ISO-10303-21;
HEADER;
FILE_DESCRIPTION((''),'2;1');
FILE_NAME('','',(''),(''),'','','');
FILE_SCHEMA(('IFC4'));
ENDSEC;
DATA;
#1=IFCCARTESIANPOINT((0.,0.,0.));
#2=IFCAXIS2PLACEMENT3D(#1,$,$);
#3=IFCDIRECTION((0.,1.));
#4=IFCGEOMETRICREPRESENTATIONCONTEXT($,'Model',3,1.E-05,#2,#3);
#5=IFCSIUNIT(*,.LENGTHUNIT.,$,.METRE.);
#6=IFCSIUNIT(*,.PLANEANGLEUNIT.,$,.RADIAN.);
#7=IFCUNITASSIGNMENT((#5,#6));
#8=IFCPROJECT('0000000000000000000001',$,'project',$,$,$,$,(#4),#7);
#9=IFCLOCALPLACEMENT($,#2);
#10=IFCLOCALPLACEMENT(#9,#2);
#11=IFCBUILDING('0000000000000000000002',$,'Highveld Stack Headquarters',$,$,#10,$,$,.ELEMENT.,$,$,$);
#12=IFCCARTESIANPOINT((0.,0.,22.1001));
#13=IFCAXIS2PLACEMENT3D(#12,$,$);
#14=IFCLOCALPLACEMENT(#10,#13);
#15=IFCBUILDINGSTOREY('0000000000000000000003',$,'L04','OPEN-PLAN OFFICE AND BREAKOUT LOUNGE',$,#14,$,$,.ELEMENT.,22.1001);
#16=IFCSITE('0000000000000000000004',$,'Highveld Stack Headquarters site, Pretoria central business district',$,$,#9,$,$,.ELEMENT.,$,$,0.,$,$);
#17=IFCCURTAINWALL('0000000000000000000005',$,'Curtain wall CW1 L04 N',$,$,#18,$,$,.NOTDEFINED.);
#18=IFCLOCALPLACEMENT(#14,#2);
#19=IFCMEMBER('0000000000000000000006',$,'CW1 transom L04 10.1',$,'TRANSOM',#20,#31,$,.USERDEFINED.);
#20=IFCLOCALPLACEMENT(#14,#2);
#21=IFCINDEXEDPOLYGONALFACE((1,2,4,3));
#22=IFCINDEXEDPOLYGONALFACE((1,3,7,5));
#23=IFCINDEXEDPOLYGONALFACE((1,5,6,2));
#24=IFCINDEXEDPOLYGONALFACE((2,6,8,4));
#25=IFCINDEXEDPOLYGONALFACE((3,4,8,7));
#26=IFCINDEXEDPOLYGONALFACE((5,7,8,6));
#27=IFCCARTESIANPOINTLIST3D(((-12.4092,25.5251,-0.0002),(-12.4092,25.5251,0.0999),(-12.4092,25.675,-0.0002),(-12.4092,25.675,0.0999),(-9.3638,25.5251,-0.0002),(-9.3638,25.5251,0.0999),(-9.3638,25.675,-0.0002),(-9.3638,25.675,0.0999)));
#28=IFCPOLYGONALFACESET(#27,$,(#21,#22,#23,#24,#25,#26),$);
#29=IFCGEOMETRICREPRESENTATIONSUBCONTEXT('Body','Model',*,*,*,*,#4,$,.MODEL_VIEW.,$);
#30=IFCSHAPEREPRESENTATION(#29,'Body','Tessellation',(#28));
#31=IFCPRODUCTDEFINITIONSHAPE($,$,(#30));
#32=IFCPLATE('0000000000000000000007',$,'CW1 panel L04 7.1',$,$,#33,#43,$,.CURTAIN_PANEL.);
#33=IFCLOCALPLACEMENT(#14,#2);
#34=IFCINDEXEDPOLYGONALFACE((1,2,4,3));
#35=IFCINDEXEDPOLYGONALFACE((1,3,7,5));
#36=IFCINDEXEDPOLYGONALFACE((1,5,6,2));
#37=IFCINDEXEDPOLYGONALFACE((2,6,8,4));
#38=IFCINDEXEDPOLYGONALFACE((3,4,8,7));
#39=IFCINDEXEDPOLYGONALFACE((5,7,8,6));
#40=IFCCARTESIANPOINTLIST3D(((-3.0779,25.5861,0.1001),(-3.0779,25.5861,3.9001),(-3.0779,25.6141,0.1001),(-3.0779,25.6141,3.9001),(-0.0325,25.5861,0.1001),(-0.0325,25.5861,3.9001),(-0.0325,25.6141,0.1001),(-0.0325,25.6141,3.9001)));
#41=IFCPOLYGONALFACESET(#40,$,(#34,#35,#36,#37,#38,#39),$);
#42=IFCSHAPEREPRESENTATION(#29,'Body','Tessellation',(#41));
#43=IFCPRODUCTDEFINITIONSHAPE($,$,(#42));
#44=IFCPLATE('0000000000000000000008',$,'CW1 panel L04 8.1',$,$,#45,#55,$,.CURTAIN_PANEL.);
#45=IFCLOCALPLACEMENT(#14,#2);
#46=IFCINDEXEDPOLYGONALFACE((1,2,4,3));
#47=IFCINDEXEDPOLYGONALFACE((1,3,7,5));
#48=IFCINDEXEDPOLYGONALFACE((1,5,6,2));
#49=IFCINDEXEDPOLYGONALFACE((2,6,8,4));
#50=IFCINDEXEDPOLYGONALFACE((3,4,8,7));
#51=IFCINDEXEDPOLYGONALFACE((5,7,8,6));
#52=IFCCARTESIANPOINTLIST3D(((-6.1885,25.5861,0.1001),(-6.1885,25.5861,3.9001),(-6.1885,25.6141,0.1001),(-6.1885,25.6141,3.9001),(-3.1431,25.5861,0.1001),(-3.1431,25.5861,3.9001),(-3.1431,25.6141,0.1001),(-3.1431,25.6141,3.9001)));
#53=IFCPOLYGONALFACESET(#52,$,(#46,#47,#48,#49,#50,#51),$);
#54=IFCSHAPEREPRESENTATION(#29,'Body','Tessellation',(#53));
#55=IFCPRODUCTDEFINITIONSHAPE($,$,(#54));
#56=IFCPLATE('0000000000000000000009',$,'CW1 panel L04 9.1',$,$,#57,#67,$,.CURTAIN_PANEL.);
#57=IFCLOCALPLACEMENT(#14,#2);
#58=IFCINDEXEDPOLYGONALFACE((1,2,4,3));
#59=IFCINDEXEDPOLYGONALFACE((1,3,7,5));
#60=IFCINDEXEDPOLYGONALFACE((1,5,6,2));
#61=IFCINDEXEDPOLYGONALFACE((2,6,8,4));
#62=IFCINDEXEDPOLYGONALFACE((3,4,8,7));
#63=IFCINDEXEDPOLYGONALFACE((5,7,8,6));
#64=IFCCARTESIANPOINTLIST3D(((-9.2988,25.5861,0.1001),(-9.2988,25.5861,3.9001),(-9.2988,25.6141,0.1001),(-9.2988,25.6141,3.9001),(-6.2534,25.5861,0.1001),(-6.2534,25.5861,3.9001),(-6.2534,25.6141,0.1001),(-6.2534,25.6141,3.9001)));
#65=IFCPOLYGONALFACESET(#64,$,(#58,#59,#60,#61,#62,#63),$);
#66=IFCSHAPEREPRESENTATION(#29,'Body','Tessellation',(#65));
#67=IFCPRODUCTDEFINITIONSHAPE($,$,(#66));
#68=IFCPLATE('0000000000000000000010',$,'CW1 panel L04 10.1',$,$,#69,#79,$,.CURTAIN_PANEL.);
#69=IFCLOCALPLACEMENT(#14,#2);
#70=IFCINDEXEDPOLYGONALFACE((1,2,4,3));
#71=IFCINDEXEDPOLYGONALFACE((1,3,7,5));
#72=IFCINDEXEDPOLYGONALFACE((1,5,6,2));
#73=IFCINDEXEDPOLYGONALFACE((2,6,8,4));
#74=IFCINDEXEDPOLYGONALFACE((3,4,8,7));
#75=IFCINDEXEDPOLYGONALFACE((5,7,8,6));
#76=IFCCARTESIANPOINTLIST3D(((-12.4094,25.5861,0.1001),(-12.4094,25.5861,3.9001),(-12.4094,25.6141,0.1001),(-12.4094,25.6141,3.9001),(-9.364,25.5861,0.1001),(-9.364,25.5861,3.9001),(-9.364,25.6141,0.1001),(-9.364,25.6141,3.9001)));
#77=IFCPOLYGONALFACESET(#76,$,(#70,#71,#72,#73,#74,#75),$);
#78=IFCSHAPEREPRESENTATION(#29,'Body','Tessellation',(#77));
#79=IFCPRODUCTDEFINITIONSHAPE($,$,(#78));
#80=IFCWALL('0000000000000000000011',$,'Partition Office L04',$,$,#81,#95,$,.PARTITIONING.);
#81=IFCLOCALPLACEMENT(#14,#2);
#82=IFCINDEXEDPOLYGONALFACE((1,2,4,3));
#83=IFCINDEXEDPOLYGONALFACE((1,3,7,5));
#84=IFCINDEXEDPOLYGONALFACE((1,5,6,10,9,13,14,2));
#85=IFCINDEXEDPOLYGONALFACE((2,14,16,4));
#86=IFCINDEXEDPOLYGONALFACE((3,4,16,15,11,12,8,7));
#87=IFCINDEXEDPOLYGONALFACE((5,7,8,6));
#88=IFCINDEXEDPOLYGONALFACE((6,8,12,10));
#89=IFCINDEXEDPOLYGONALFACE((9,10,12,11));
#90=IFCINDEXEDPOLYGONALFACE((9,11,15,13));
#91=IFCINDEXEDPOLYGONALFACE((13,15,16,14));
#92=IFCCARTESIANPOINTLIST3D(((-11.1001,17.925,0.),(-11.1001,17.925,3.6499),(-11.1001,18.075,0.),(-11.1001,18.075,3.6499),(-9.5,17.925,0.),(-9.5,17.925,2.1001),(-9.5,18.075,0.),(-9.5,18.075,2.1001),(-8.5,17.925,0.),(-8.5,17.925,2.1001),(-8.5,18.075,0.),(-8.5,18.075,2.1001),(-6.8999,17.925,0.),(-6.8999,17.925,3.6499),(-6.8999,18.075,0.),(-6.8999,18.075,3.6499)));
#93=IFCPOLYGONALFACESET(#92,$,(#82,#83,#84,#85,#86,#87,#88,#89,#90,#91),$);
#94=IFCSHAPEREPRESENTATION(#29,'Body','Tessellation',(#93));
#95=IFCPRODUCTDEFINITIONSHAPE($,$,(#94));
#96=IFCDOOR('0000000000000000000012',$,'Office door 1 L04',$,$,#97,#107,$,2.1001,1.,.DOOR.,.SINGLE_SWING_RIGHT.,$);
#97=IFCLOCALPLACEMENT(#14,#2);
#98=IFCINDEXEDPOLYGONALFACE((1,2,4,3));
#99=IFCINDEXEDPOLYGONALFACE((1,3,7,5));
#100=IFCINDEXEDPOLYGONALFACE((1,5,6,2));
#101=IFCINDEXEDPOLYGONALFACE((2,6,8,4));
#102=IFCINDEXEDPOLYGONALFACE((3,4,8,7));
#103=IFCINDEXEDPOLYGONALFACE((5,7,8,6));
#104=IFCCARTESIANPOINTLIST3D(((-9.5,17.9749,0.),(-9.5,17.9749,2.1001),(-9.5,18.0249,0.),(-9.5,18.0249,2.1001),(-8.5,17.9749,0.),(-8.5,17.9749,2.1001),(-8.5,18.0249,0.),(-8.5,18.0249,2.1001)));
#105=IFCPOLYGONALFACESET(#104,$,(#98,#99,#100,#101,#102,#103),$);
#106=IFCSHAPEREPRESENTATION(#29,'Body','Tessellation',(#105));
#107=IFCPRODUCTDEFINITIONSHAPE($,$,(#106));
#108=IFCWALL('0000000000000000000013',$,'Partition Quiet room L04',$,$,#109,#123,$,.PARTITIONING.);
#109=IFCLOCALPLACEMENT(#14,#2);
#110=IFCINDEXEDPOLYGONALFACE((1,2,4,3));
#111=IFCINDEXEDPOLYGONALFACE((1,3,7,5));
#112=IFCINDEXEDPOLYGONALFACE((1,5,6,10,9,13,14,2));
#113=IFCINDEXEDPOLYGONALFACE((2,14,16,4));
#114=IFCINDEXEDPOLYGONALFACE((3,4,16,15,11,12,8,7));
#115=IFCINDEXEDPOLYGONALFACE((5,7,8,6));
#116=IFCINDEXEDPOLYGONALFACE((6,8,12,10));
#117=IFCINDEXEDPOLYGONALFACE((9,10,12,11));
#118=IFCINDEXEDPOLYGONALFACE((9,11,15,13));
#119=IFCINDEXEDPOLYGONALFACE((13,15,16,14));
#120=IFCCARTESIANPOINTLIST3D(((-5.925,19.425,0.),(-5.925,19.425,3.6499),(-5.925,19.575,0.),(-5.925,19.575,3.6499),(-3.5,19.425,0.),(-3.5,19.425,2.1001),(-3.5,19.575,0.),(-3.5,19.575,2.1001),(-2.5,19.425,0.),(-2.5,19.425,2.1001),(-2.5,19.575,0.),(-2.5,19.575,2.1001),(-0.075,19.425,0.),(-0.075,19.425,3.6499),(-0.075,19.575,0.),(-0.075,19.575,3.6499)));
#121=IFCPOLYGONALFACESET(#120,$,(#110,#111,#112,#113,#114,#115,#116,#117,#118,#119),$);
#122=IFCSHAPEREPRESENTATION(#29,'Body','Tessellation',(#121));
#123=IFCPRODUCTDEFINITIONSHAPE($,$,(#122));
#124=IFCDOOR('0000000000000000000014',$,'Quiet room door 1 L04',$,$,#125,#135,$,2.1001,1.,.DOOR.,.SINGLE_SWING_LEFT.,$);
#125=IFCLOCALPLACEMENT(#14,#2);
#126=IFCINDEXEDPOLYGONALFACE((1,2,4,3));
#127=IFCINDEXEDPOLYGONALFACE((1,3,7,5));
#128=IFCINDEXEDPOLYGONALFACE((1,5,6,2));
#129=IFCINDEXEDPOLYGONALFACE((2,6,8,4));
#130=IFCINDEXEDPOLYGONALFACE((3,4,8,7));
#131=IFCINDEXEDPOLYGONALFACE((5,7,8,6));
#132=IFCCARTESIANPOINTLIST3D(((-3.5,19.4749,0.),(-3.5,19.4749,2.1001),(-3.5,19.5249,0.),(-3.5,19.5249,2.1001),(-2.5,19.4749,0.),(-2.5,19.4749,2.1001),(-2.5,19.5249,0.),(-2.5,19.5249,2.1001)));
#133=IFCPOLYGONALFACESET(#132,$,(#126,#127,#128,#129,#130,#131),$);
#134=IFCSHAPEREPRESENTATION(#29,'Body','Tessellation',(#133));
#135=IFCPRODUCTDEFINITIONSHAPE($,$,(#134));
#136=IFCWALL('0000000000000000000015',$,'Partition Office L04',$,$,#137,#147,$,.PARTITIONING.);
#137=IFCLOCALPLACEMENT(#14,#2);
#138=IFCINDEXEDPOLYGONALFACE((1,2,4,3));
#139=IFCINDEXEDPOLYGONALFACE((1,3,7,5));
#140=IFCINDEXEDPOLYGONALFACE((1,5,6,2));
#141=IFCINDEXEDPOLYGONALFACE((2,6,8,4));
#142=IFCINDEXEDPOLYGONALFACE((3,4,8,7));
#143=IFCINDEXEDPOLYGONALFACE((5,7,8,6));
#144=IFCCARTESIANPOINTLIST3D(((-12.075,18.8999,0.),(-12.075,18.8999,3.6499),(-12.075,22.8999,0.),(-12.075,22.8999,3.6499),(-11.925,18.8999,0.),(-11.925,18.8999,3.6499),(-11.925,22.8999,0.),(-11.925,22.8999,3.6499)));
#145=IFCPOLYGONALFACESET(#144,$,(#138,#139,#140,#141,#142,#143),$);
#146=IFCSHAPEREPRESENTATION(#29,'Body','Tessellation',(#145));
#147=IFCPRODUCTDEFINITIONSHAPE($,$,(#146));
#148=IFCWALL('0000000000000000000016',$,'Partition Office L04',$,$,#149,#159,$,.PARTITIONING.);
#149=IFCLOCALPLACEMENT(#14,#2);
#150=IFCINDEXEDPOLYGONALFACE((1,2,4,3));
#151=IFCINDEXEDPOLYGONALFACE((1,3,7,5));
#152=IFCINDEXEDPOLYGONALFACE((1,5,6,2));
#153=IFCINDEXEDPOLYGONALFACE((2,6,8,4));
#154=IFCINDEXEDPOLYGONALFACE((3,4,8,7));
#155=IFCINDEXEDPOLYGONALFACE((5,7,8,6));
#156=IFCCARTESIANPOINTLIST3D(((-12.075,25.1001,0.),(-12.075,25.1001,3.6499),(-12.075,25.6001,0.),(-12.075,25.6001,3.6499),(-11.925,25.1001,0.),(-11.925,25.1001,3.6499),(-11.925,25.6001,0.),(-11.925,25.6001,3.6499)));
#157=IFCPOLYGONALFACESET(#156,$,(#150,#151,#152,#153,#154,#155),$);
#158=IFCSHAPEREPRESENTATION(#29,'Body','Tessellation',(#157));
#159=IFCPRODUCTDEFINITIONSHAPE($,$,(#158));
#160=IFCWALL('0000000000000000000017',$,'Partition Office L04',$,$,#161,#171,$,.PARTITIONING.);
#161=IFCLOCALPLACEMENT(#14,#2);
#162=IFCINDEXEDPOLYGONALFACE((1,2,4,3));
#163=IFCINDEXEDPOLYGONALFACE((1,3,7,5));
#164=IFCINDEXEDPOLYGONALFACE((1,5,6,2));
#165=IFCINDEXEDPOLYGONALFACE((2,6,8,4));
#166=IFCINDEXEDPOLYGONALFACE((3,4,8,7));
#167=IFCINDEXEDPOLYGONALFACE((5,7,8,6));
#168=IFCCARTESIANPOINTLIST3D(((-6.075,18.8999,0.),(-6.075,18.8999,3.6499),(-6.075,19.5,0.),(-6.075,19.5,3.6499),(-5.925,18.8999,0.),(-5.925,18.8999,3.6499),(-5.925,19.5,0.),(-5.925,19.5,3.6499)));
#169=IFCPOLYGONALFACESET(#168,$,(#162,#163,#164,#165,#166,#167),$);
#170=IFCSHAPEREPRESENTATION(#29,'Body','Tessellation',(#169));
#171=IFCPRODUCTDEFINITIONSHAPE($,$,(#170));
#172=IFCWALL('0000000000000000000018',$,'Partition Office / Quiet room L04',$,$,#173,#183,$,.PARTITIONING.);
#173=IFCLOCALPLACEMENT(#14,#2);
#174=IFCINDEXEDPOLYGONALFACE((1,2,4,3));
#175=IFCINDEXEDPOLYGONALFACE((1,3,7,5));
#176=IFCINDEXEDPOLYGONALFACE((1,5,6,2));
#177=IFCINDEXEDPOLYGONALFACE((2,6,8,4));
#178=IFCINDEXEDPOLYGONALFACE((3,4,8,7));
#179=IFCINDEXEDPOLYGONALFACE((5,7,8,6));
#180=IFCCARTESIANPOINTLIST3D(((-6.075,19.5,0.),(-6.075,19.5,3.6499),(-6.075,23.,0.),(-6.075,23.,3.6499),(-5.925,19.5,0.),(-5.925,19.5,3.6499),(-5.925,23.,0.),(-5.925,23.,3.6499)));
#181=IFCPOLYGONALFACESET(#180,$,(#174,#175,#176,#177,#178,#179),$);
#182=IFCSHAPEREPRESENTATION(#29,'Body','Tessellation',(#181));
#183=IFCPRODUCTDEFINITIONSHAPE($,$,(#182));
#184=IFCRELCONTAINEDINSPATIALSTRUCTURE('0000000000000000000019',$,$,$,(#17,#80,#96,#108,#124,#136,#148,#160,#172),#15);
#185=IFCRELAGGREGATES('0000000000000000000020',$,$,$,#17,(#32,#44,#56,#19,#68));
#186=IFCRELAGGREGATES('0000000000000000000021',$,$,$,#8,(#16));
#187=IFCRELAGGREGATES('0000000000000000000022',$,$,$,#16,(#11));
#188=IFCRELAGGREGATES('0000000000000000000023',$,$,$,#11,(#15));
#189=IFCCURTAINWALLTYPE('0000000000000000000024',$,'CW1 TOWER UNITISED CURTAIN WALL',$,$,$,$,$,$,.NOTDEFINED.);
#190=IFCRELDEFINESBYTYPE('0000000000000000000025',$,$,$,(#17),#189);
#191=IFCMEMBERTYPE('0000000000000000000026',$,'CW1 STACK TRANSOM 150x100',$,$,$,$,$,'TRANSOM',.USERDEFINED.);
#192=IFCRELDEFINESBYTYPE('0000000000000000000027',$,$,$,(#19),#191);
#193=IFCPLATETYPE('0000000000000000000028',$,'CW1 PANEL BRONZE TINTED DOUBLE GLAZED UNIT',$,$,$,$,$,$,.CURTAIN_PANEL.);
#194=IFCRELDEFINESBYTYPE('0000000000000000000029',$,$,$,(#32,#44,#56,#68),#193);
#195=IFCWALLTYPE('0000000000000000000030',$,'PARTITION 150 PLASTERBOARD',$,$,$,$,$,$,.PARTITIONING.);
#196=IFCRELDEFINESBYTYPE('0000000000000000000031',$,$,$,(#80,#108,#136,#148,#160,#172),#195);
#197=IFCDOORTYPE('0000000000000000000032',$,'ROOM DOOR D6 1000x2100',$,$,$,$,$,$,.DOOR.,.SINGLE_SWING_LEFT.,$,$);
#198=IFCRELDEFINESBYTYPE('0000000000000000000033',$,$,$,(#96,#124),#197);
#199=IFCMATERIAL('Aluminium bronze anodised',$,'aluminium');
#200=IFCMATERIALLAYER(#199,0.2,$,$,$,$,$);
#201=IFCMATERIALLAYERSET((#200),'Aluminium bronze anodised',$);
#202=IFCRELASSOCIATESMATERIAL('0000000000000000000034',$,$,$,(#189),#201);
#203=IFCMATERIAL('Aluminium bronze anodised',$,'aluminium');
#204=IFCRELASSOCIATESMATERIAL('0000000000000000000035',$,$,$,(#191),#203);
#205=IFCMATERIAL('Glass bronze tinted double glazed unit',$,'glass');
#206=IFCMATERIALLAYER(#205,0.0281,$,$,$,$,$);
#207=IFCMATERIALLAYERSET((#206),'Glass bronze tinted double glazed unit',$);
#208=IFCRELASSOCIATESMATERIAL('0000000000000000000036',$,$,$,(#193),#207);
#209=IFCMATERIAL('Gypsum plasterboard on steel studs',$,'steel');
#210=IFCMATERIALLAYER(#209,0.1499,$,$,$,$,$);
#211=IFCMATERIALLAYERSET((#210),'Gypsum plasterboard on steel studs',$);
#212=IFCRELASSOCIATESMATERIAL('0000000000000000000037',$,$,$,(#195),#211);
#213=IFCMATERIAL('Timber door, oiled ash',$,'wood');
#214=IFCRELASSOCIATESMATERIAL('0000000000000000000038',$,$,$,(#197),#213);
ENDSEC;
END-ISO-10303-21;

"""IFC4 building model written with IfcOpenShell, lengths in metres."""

from ifc_helpers import new_model, si_unit, direction, frame, frame_2d, origin, origin_2d, place, context, subcontext, project, spatial, rectangle, extrude, material, layer, layer_set, material_profile, profile_set, type_object, element, fill, aggregate, save


model = new_model("IFC4")

# Units and contexts
model_context = context("Model", 3, precision=1e-05, world=origin(), true_north=direction((0.0, 1.0)))
body_context = subcontext(model_context, "Body", "Model", "MODEL_VIEW")
ifc_project = project(units=[si_unit("LENGTHUNIT", "METRE"), si_unit("PLANEANGLEUNIT", "RADIAN")], contexts=[model_context])

# Site, building, storey
site_placement = place(None, origin())
site = spatial("IfcSite", under=ifc_project, at=site_placement, Name="Highveld Stack Headquarters site, Pretoria central business district", CompositionType="ELEMENT", RefElevation=0.0)
building_placement = place(site_placement, origin())
building = spatial("IfcBuilding", under=site, at=building_placement, Name="Highveld Stack Headquarters", CompositionType="ELEMENT")
storey_placement = place(building_placement, frame((0.0, 0.0, 22.1001)))
storey = spatial("IfcBuildingStorey", under=building, at=storey_placement, Name="L04", Description="OPEN-PLAN OFFICE AND BREAKOUT LOUNGE", CompositionType="ELEMENT", Elevation=22.1001)

# Curtain wall, member, plates
ifc_material_1 = material(Name="Aluminium bronze anodised", Category="aluminium")
ifc_layer_1 = layer(ifc_material_1, 0.2)
ifc_layer_set_1 = layer_set([ifc_layer_1], Name="Aluminium bronze anodised")
curtain_wall_type = type_object("IfcCurtainWallType", Name="CW1 TOWER UNITISED CURTAIN WALL", PredefinedType="NOTDEFINED", material=ifc_layer_set_1)
curtain_wall_placement = place(storey_placement, origin())
curtain_wall = element("IfcCurtainWall", 1, at=curtain_wall_placement, inside=storey, type_object=curtain_wall_type, Name="Curtain wall CW1 L04 N", PredefinedType="NOTDEFINED")
ifc_material_2 = material(Name="Aluminium bronze anodised", Category="aluminium")
ifc_material_profile_1 = material_profile(ifc_material_2, rectangle(XDim=0.1499, YDim=0.1001, at=origin_2d()), Name="CW1 TRANSOM 150x100")
ifc_profile_set_1 = profile_set([ifc_material_profile_1], Name="Aluminium bronze anodised")
member_type_1 = type_object("IfcMemberType", Name="CW1 STACK TRANSOM 150x100", ElementType="TRANSOM", PredefinedType="USERDEFINED", material=ifc_profile_set_1)
member_1_placement = place(storey_placement, frame((-9.3638, 25.6001, 0.0498), z_axis=(-1.0, 0.0, 0.0), x_axis=(0.0, -1.0, 0.0)))
member_1 = element("IfcMember", 2, at=member_1_placement, type_object=member_type_1, Name="CW1 transom L04 10.1", ObjectType="TRANSOM", PredefinedType="USERDEFINED", context=body_context, shape_type="SweptSolid", body=[
    extrude(rectangle(XDim=0.1499, YDim=0.1001, at=origin_2d()), origin(), (0.0, 0.0, 1.0), 3.0454),
])
ifc_material_3 = material(Name="Glass bronze tinted double glazed unit", Category="glass")
ifc_layer_2 = layer(ifc_material_3, 0.0281)
ifc_layer_set_2 = layer_set([ifc_layer_2], Name="Glass bronze tinted double glazed unit")
plate_type = type_object("IfcPlateType", Name="CW1 PANEL BRONZE TINTED DOUBLE GLAZED UNIT", PredefinedType="CURTAIN_PANEL", material=ifc_layer_set_2)
plate_1_placement = place(storey_placement, frame((-1.5552, 25.6001, 0.1001), z_axis=(0.0, 0.0, 1.0), x_axis=(-1.0, 0.0, 0.0)))
plate_1 = element("IfcPlate", 3, at=plate_1_placement, type_object=plate_type, Name="CW1 panel L04 7.1", PredefinedType="CURTAIN_PANEL", context=body_context, shape_type="SweptSolid", body=[
    extrude(rectangle(XDim=3.0454, YDim=0.0281, at=origin_2d()), origin(), (0.0, 0.0, 1.0), 3.8),
])
plate_2_placement = place(storey_placement, frame((-4.6658, 25.6001, 0.1001), z_axis=(0.0, 0.0, 1.0), x_axis=(-1.0, 0.0, 0.0)))
plate_2 = element("IfcPlate", 4, at=plate_2_placement, type_object=plate_type, Name="CW1 panel L04 8.1", PredefinedType="CURTAIN_PANEL", context=body_context, shape_type="SweptSolid", body=[
    extrude(rectangle(XDim=3.0454, YDim=0.0281, at=origin_2d()), origin(), (0.0, 0.0, 1.0), 3.8),
])
plate_3_placement = place(storey_placement, frame((-7.7761, 25.6001, 0.1001), z_axis=(0.0, 0.0, 1.0), x_axis=(-1.0, 0.0, 0.0)))
plate_3 = element("IfcPlate", 5, at=plate_3_placement, type_object=plate_type, Name="CW1 panel L04 9.1", PredefinedType="CURTAIN_PANEL", context=body_context, shape_type="SweptSolid", body=[
    extrude(rectangle(XDim=3.0454, YDim=0.0281, at=origin_2d()), origin(), (0.0, 0.0, 1.0), 3.8),
])
plate_4_placement = place(storey_placement, frame((-10.8867, 25.6001, 0.1001), z_axis=(0.0, 0.0, 1.0), x_axis=(-1.0, 0.0, 0.0)))
plate_4 = element("IfcPlate", 6, at=plate_4_placement, type_object=plate_type, Name="CW1 panel L04 10.1", PredefinedType="CURTAIN_PANEL", context=body_context, shape_type="SweptSolid", body=[
    extrude(rectangle(XDim=3.0454, YDim=0.0281, at=origin_2d()), origin(), (0.0, 0.0, 1.0), 3.8),
])
aggregate(curtain_wall, [plate_1, plate_2, plate_3, member_1, plate_4])

# Walls, openings, doors
ifc_material_4 = material(Name="Gypsum plasterboard on steel studs", Category="steel")
ifc_layer_3 = layer(ifc_material_4, 0.1499)
ifc_layer_set_3 = layer_set([ifc_layer_3], Name="Gypsum plasterboard on steel studs")
wall_type = type_object("IfcWallType", Name="PARTITION 150 PLASTERBOARD", PredefinedType="PARTITIONING", material=ifc_layer_set_3)
wall_1_placement = place(storey_placement, frame((-11.1001, 18.0, 0.0), z_axis=(0.0, 0.0, 1.0), x_axis=(1.0, 0.0, 0.0)))
wall_1 = element("IfcWall", 7, at=wall_1_placement, inside=storey, type_object=wall_type, Name="Partition Office L04", PredefinedType="PARTITIONING", context=body_context, shape_type="SweptSolid", body=[
    extrude(rectangle(XDim=4.2002, YDim=0.1499, at=frame_2d((2.1001, 0.0))), origin(), (0.0, 0.0, 1.0), 3.6499),
])
opening_1_placement = place(wall_1_placement, frame((1.6001, 0.0, 0.0)))
opening_1 = element("IfcOpeningElement", 8, at=opening_1_placement, cuts=wall_1, PredefinedType="OPENING", context=body_context, shape_type="SweptSolid", body=[
    extrude(rectangle(XDim=1.0, YDim=2.1001, at=frame_2d((0.5, 1.05))), frame((0.0, 0.085, 0.0), z_axis=(0.0, -1.0, 0.0), x_axis=(1.0, 0.0, 0.0)), (0.0, 0.0, 1.0), 0.1699),
])
ifc_material_5 = material(Name="Timber door, oiled ash", Category="wood")
door_type = type_object("IfcDoorType", Name="ROOM DOOR D6 1000x2100", OperationType="SINGLE_SWING_LEFT", PredefinedType="DOOR", material=ifc_material_5)
door_1_placement = place(opening_1_placement, origin())
door_1 = element("IfcDoor", 9, at=door_1_placement, inside=storey, type_object=door_type, Name="Office door 1 L04", OperationType="SINGLE_SWING_RIGHT", OverallHeight=2.1001, OverallWidth=1.0, PredefinedType="DOOR", context=body_context, shape_type="SweptSolid", body=[
    extrude(rectangle(XDim=1.0, YDim=2.1001, at=frame_2d((0.5, 1.05))), frame((0.0, 0.0249, 0.0), z_axis=(0.0, -1.0, 0.0), x_axis=(1.0, 0.0, 0.0)), (0.0, 0.0, 1.0), 0.05),
])
fill(opening_1, door_1)
wall_2_placement = place(storey_placement, frame((-5.925, 19.5, 0.0), z_axis=(0.0, 0.0, 1.0), x_axis=(1.0, 0.0, 0.0)))
wall_2 = element("IfcWall", 10, at=wall_2_placement, inside=storey, type_object=wall_type, Name="Partition Quiet room L04", PredefinedType="PARTITIONING", context=body_context, shape_type="SweptSolid", body=[
    extrude(rectangle(XDim=5.8501, YDim=0.1499, at=frame_2d((2.925, 0.0))), origin(), (0.0, 0.0, 1.0), 3.6499),
])
opening_2_placement = place(wall_2_placement, frame((2.425, 0.0, 0.0)))
opening_2 = element("IfcOpeningElement", 11, at=opening_2_placement, cuts=wall_2, PredefinedType="OPENING", context=body_context, shape_type="SweptSolid", body=[
    extrude(rectangle(XDim=1.0, YDim=2.1001, at=frame_2d((0.5, 1.05))), frame((0.0, 0.085, 0.0), z_axis=(0.0, -1.0, 0.0), x_axis=(1.0, 0.0, 0.0)), (0.0, 0.0, 1.0), 0.1699),
])
door_2_placement = place(opening_2_placement, origin())
door_2 = element("IfcDoor", 12, at=door_2_placement, inside=storey, type_object=door_type, Name="Quiet room door 1 L04", OperationType="SINGLE_SWING_LEFT", OverallHeight=2.1001, OverallWidth=1.0, PredefinedType="DOOR", context=body_context, shape_type="SweptSolid", body=[
    extrude(rectangle(XDim=1.0, YDim=2.1001, at=frame_2d((0.5, 1.05))), frame((0.0, 0.0249, 0.0), z_axis=(0.0, -1.0, 0.0), x_axis=(1.0, 0.0, 0.0)), (0.0, 0.0, 1.0), 0.05),
])
fill(opening_2, door_2)

# Walls
wall_3_placement = place(storey_placement, frame((-12.0, 18.8999, 0.0), z_axis=(0.0, 0.0, 1.0), x_axis=(0.0, 1.0, 0.0)))
element("IfcWall", 13, at=wall_3_placement, inside=storey, type_object=wall_type, Name="Partition Office L04", PredefinedType="PARTITIONING", context=body_context, shape_type="SweptSolid", body=[
    extrude(rectangle(XDim=4.0, YDim=0.1499, at=frame_2d((2.0, 0.0))), origin(), (0.0, 0.0, 1.0), 3.6499),
])
wall_4_placement = place(storey_placement, frame((-12.0, 25.1001, 0.0), z_axis=(0.0, 0.0, 1.0), x_axis=(0.0, 1.0, 0.0)))
element("IfcWall", 14, at=wall_4_placement, inside=storey, type_object=wall_type, Name="Partition Office L04", PredefinedType="PARTITIONING", context=body_context, shape_type="SweptSolid", body=[
    extrude(rectangle(XDim=0.5, YDim=0.1499, at=frame_2d((0.25, 0.0))), origin(), (0.0, 0.0, 1.0), 3.6499),
])
wall_5_placement = place(storey_placement, frame((-6.0, 18.8999, 0.0), z_axis=(0.0, 0.0, 1.0), x_axis=(0.0, 1.0, 0.0)))
element("IfcWall", 15, at=wall_5_placement, inside=storey, type_object=wall_type, Name="Partition Office L04", PredefinedType="PARTITIONING", context=body_context, shape_type="SweptSolid", body=[
    extrude(rectangle(XDim=0.6001, YDim=0.1499, at=frame_2d((0.3, 0.0))), origin(), (0.0, 0.0, 1.0), 3.6499),
])
wall_6_placement = place(storey_placement, frame((-6.0, 19.5, 0.0), z_axis=(0.0, 0.0, 1.0), x_axis=(0.0, 1.0, 0.0)))
element("IfcWall", 16, at=wall_6_placement, inside=storey, type_object=wall_type, Name="Partition Office / Quiet room L04", PredefinedType="PARTITIONING", context=body_context, shape_type="SweptSolid", body=[
    extrude(rectangle(XDim=3.5, YDim=0.1499, at=frame_2d((1.75, 0.0))), origin(), (0.0, 0.0, 1.0), 3.6499),
])

save(model, "model.ifc")
